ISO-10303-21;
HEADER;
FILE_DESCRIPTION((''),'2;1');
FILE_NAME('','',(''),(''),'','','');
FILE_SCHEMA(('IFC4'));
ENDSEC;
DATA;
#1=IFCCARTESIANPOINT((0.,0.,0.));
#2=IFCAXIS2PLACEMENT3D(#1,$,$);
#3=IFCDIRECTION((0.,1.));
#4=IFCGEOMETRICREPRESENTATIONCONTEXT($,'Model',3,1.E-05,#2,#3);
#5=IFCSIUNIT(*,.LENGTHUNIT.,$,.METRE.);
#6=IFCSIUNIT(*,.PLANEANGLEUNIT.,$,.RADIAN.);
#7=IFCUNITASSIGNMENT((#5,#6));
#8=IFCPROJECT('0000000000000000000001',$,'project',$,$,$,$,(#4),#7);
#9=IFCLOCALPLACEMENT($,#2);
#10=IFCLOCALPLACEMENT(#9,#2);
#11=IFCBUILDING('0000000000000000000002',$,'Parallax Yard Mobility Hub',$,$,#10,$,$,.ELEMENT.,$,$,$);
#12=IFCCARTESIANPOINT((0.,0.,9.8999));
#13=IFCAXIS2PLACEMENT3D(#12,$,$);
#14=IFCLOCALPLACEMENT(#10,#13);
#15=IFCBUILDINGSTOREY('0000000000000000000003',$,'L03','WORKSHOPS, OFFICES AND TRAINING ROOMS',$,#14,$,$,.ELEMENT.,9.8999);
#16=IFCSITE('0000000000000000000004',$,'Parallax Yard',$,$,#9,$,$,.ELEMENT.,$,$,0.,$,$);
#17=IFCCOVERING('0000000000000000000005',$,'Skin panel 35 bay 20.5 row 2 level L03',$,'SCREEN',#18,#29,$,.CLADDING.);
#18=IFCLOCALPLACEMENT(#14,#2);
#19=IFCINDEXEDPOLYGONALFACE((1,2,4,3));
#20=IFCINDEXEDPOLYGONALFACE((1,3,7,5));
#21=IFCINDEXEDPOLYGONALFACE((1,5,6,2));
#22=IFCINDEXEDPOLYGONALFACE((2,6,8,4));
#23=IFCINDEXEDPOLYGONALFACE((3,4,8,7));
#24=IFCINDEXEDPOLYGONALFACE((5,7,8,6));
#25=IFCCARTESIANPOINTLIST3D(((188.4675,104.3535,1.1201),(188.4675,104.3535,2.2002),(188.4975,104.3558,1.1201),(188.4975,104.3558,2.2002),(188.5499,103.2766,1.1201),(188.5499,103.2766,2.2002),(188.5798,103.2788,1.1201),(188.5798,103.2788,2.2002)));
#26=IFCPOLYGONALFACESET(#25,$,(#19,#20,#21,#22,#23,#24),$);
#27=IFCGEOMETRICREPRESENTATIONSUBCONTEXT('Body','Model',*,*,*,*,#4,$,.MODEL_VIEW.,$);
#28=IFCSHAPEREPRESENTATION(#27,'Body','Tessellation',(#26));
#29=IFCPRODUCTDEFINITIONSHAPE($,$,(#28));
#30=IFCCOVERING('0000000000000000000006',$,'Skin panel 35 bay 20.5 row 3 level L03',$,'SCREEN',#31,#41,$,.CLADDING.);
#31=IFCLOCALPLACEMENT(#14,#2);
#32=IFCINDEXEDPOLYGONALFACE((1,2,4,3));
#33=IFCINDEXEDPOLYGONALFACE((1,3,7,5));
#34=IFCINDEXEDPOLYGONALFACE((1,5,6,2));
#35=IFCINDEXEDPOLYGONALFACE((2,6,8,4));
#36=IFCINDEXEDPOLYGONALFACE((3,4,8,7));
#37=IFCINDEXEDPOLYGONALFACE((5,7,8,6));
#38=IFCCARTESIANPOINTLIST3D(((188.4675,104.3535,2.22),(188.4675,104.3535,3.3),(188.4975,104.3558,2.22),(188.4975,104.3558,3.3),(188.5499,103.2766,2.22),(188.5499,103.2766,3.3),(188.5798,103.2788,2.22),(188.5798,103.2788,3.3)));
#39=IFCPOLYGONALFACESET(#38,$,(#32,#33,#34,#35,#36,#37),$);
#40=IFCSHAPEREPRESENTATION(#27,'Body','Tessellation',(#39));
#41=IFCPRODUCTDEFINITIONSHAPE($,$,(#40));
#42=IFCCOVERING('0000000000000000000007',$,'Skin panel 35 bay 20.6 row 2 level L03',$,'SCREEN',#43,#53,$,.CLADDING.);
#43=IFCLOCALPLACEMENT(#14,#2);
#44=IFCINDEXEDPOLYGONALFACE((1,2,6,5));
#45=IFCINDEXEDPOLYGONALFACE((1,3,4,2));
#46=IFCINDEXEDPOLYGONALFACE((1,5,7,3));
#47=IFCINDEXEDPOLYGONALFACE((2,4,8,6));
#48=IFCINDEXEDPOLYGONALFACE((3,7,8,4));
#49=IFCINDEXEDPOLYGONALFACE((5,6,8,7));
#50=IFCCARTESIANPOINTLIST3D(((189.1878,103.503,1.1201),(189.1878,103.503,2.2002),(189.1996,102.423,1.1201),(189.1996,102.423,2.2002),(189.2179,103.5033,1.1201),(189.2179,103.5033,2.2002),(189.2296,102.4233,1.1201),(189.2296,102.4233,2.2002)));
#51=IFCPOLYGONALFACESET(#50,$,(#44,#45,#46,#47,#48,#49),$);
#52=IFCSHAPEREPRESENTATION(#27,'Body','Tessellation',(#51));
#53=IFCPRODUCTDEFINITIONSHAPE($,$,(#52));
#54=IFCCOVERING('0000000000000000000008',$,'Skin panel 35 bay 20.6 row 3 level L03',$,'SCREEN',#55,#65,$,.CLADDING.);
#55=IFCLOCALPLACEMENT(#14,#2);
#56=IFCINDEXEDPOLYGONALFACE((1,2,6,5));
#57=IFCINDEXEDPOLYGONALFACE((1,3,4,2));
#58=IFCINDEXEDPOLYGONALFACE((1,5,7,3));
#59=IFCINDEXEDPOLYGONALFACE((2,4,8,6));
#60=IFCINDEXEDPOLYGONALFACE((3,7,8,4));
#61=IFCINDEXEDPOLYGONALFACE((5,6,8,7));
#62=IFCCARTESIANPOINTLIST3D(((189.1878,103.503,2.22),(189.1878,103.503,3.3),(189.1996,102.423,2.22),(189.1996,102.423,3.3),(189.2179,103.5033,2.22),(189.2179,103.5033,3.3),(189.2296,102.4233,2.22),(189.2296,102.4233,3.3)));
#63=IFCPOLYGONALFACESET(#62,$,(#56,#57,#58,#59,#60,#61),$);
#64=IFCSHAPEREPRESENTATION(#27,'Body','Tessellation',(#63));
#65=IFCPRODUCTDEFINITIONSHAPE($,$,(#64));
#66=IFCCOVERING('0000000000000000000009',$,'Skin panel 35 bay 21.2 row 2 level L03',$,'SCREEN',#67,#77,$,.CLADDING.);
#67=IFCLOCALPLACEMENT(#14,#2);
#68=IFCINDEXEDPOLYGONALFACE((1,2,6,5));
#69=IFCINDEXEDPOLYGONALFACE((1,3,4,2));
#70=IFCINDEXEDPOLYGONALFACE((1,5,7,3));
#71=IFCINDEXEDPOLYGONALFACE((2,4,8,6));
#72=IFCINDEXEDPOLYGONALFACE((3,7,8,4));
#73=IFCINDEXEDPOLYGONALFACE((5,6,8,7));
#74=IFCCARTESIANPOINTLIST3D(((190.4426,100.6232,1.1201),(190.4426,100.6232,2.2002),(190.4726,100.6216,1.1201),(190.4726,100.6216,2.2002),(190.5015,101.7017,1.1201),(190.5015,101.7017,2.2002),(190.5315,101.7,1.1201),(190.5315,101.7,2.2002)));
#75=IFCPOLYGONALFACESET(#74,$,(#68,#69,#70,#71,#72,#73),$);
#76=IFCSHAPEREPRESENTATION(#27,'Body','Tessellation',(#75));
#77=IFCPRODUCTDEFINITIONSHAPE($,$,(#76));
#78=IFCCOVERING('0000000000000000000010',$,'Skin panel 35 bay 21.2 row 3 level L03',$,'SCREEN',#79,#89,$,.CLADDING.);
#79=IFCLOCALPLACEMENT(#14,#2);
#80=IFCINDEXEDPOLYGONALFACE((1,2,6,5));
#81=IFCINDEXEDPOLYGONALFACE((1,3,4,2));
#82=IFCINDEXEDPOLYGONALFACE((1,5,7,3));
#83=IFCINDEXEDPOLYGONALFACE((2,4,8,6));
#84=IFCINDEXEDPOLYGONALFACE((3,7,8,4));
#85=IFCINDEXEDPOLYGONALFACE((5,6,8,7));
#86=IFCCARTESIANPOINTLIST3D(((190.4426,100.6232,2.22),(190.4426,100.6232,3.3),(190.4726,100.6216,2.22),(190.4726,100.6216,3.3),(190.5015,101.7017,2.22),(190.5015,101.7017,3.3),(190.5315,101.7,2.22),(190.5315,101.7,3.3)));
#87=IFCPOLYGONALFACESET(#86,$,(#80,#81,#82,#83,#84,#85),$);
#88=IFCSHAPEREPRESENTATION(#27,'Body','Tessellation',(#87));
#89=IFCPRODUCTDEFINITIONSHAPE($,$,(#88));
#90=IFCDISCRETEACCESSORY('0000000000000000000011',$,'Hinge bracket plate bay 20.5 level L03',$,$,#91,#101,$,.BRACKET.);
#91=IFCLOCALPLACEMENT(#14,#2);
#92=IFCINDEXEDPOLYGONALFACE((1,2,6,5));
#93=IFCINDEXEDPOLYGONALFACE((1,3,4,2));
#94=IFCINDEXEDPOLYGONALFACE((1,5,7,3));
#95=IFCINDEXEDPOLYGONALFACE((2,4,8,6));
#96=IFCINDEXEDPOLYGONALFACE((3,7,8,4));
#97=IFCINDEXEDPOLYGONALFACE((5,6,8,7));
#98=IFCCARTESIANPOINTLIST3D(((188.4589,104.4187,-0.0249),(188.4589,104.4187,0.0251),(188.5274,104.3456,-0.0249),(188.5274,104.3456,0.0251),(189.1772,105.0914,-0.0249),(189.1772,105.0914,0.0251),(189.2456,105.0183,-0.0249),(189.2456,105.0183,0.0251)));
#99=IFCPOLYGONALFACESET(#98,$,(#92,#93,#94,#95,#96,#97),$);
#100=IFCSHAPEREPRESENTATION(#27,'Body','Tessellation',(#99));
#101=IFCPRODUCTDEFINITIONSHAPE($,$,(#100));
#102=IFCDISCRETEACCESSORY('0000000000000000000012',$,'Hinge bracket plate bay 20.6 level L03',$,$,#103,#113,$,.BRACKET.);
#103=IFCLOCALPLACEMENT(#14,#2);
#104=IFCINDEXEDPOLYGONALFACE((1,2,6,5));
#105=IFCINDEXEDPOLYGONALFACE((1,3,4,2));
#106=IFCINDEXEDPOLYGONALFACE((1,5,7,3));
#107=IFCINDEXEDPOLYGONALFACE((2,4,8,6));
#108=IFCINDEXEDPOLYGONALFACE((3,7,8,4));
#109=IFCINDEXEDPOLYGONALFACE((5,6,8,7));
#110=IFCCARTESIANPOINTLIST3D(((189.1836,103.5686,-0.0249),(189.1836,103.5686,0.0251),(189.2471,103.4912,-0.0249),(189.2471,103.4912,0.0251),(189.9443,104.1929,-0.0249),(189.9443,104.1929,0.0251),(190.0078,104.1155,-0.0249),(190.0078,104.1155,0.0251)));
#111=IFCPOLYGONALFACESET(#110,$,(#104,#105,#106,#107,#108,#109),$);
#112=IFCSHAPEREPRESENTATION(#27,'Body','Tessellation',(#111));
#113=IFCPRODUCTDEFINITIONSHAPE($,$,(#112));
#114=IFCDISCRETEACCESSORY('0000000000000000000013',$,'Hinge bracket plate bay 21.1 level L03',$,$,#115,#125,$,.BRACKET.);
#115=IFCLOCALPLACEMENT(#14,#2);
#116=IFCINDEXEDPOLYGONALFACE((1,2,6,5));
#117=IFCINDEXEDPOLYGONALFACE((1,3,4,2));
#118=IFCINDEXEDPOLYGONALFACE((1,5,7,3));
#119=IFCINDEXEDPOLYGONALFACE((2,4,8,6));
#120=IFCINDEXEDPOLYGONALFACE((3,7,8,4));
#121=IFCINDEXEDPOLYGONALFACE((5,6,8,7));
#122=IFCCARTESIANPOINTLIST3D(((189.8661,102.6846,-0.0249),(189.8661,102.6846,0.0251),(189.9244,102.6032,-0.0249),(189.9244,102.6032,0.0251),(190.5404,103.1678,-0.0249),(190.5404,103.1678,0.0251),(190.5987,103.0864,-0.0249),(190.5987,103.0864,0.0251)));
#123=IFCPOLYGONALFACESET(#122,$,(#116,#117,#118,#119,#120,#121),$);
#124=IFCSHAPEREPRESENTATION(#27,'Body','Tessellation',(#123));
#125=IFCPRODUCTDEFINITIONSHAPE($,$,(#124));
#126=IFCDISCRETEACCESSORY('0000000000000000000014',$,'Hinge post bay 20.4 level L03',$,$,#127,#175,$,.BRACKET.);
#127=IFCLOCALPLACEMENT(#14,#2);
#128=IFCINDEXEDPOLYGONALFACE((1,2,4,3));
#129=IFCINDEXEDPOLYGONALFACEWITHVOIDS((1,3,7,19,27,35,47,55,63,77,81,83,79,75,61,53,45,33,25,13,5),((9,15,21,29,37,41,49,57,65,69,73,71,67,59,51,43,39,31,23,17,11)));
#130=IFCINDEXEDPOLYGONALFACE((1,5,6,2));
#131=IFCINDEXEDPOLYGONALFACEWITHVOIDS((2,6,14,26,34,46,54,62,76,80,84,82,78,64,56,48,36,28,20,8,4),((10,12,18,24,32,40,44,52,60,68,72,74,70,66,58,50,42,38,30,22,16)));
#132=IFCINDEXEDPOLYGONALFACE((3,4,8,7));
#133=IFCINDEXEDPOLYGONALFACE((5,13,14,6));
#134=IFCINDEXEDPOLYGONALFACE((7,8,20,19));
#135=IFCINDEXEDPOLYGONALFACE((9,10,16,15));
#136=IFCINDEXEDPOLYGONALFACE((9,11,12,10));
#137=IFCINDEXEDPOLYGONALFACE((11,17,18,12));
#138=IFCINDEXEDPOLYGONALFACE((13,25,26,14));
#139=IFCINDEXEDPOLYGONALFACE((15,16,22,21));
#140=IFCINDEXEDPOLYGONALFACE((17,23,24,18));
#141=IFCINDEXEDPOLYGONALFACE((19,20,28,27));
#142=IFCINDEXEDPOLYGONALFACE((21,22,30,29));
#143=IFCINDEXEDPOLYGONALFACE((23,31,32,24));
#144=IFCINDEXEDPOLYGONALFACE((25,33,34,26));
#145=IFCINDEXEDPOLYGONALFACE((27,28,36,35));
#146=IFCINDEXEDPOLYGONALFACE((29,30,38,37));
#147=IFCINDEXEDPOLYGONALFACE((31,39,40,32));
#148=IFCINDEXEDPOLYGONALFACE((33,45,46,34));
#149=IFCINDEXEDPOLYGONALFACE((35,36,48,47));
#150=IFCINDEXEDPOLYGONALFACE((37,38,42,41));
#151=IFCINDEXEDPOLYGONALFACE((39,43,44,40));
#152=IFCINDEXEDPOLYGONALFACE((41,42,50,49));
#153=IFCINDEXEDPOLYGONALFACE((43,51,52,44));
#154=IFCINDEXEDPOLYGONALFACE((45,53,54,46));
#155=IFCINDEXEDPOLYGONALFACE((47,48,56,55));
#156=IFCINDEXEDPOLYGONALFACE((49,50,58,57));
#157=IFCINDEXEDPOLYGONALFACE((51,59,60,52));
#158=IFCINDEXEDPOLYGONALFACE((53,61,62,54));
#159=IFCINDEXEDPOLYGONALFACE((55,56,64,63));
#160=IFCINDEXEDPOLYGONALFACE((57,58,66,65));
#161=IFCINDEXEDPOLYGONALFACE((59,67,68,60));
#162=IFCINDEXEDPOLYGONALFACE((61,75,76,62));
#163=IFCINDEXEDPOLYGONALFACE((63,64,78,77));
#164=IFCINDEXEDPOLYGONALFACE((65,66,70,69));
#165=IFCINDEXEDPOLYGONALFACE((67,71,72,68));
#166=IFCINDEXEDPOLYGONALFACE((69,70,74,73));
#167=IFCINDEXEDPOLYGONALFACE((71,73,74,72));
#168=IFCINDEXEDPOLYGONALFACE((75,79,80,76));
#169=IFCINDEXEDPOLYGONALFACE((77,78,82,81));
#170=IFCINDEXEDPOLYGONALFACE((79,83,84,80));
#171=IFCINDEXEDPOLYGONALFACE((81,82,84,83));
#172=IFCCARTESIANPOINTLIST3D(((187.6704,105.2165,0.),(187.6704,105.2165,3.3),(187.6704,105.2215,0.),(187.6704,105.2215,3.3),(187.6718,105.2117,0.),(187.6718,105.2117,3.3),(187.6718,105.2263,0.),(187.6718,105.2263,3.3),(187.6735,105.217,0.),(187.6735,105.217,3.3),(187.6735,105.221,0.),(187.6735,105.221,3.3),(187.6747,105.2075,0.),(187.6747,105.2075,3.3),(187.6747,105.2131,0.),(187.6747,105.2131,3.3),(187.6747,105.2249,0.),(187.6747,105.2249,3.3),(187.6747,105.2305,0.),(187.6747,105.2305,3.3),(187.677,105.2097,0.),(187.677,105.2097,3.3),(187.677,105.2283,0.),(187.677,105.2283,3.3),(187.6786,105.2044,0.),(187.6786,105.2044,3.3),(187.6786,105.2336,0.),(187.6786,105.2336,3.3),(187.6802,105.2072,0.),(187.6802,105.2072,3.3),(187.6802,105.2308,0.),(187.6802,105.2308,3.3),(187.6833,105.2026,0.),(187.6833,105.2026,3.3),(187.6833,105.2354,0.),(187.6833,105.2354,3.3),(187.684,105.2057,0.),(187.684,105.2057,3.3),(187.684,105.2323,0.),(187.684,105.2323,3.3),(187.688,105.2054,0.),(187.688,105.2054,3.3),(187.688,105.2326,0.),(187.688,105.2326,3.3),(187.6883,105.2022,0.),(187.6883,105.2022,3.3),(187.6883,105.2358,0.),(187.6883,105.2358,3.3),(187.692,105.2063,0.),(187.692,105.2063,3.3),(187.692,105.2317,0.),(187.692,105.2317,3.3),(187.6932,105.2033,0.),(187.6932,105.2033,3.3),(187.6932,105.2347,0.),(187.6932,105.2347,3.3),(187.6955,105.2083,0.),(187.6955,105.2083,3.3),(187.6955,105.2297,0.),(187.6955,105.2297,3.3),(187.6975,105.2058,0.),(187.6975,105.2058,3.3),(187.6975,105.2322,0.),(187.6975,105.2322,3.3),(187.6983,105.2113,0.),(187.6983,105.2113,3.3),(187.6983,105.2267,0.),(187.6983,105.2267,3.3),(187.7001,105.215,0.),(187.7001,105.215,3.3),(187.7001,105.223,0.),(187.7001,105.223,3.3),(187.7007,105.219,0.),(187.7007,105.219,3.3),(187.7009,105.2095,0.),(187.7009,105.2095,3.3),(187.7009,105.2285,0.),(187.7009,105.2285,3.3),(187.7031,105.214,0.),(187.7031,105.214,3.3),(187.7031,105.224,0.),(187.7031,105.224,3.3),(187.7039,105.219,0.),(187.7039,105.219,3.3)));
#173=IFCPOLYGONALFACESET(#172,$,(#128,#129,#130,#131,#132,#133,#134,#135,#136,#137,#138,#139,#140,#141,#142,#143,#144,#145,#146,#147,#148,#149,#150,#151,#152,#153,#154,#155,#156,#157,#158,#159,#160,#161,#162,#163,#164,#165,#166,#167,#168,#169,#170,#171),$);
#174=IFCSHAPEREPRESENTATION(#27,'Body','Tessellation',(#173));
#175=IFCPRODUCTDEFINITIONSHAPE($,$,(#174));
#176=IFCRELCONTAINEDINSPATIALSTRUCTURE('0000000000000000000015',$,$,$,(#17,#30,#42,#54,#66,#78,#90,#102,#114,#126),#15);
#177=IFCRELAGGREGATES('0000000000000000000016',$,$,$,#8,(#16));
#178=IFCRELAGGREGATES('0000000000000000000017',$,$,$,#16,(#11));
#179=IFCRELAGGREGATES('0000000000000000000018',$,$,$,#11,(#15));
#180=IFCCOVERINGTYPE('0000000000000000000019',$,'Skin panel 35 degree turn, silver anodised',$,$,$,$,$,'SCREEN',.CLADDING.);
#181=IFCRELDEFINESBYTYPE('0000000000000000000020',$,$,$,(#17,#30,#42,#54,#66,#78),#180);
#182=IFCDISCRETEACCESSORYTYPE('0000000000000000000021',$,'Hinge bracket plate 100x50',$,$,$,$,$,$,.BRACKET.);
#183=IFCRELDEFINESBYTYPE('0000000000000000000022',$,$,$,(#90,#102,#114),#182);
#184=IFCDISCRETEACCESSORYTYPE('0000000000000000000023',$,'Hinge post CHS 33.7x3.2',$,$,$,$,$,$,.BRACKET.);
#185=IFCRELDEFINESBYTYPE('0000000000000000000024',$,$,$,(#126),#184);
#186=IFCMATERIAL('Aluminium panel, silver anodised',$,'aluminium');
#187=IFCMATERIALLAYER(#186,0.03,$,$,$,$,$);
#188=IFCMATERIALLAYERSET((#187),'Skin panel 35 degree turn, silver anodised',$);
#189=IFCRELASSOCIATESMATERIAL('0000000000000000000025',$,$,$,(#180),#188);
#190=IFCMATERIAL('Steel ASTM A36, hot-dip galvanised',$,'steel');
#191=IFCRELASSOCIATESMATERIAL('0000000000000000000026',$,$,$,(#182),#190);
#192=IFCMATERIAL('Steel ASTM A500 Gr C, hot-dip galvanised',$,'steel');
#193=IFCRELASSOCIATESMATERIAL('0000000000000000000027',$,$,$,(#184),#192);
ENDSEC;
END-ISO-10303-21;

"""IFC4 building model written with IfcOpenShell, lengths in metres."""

from ifc_helpers import new_model, si_unit, direction, frame, origin, origin_2d, place, context, subcontext, project, spatial, rectangle, hollow_circle, extrude, material, layer, layer_set, material_profile, profile_set, type_object, element, save


model = new_model("IFC4")

# Units and contexts
model_context = context("Model", 3, precision=1e-05, world=origin(), true_north=direction((0.0, 1.0)))
body_context = subcontext(model_context, "Body", "Model", "MODEL_VIEW")
ifc_project = project(units=[si_unit("LENGTHUNIT", "METRE"), si_unit("PLANEANGLEUNIT", "RADIAN")], contexts=[model_context])

# Site, building, storey
site_placement = place(None, origin())
site = spatial("IfcSite", under=ifc_project, at=site_placement, Name="Parallax Yard", CompositionType="ELEMENT", RefElevation=0.0)
building_placement = place(site_placement, origin())
building = spatial("IfcBuilding", under=site, at=building_placement, Name="Parallax Yard Mobility Hub", CompositionType="ELEMENT")
storey_placement = place(building_placement, frame((0.0, 0.0, 9.8999)))
storey = spatial("IfcBuildingStorey", under=building, at=storey_placement, Name="L03", Description="WORKSHOPS, OFFICES AND TRAINING ROOMS", CompositionType="ELEMENT", Elevation=9.8999)

# Coverings
ifc_material_1 = material(Name="Aluminium panel, silver anodised", Category="aluminium")
ifc_layer_1 = layer(ifc_material_1, 0.03)
ifc_layer_set_1 = layer_set([ifc_layer_1], Name="Skin panel 35 degree turn, silver anodised")
covering_type_1 = type_object("IfcCoveringType", Name="Skin panel 35 degree turn, silver anodised", ElementType="SCREEN", PredefinedType="CLADDING", material=ifc_layer_set_1)
for number, where, z_axis, x_axis, name in (
    (1, (188.5237, 103.8162, 1.1201), (0.0, 0.0, 1.0), (0.076284, -0.997086, 0.0), "Skin panel 35 bay 20.5 row 2 level L03"),
    (2, (188.5237, 103.8162, 2.22), (0.0, 0.0, 1.0), (0.076284, -0.997086, 0.0), "Skin panel 35 bay 20.5 row 3 level L03"),
    (3, (189.2087, 102.9631, 1.1201), (0.0, 0.0, 1.0), (0.010908, -0.999941, 0.0), "Skin panel 35 bay 20.6 row 2 level L03"),
    (4, (189.2087, 102.9631, 2.22), (0.0, 0.0, 1.0), (0.010908, -0.999941, 0.0), "Skin panel 35 bay 20.6 row 3 level L03"),
    (5, (190.4871, 101.1616, 1.1201), (0.0, 0.0, 1.0), (-0.054515, -0.998513, 0.0), "Skin panel 35 bay 21.2 row 2 level L03"),
    (6, (190.4871, 101.1616, 2.22), (0.0, 0.0, 1.0), (-0.054515, -0.998513, 0.0), "Skin panel 35 bay 21.2 row 3 level L03"),
):
    element("IfcCovering", number, at=place(storey_placement, frame(where, z_axis=z_axis, x_axis=x_axis)), inside=storey, type_object=covering_type_1, Name=name, ObjectType="SCREEN", PredefinedType="CLADDING", context=body_context, shape_type="SweptSolid", body=[
        extrude(rectangle(XDim=1.0801, YDim=0.03, at=origin_2d()), origin(), (0.0, 0.0, 1.0), 1.0801),
    ])

# Discrete accessories
ifc_material_2 = material(Name="Steel ASTM A36, hot-dip galvanised", Category="steel")
discrete_accessory_type_1 = type_object("IfcDiscreteAccessoryType", Name="Hinge bracket plate 100x50", PredefinedType="BRACKET", material=ifc_material_2)
for number, where, z_axis, x_axis, name in (
    (7, (188.8523, 104.7185, -0.0249), (0.0, 0.0, 1.0), (-0.729864, -0.683592, 0.0), "Hinge bracket plate bay 20.5 level L03"),
    (8, (189.5957, 103.842, -0.0249), (0.0, 0.0, 1.0), (-0.77301, -0.634393, 0.0), "Hinge bracket plate bay 20.6 level L03"),
):
    element("IfcDiscreteAccessory", number, at=place(storey_placement, frame(where, z_axis=z_axis, x_axis=x_axis)), inside=storey, type_object=discrete_accessory_type_1, Name=name, PredefinedType="BRACKET", context=body_context, shape_type="SweptSolid", body=[
        extrude(rectangle(XDim=0.9841, YDim=0.1001, at=origin_2d()), origin(), (0.0, 0.0, 1.0), 0.05),
    ])
discrete_accessory_placement = place(storey_placement, frame((190.2324, 102.8855, -0.0249), z_axis=(0.0, 0.0, 1.0), x_axis=(-0.812847, -0.582478, 0.0)))
element("IfcDiscreteAccessory", 9, at=discrete_accessory_placement, inside=storey, type_object=discrete_accessory_type_1, Name="Hinge bracket plate bay 21.1 level L03", PredefinedType="BRACKET", context=body_context, shape_type="SweptSolid", body=[
    extrude(rectangle(XDim=0.8296, YDim=0.1001, at=origin_2d()), origin(), (0.0, 0.0, 1.0), 0.05),
])
ifc_material_3 = material(Name="Steel ASTM A500 Gr C, hot-dip galvanised", Category="steel")
ifc_material_profile_1 = material_profile(ifc_material_3, hollow_circle(Radius=0.0168, WallThickness=0.0032, at=origin_2d()), Name="CHS 33.7x3.2")
ifc_profile_set_1 = profile_set([ifc_material_profile_1], Name="Steel ASTM A500 Gr C, hot-dip galvanised")
discrete_accessory_type_2 = type_object("IfcDiscreteAccessoryType", Name="Hinge post CHS 33.7x3.2", PredefinedType="BRACKET", material=ifc_profile_set_1)
for number, where, z_axis, x_axis, name in (
    (10, (187.687, 105.219, 0.0), (0.0, 0.0, 1.0), (1.0, 0.0, 0.0), "Hinge post bay 20.4 level L03"),
):
    element("IfcDiscreteAccessory", number, at=place(storey_placement, frame(where, z_axis=z_axis, x_axis=x_axis)), inside=storey, type_object=discrete_accessory_type_2, Name=name, PredefinedType="BRACKET", context=body_context, shape_type="SweptSolid", body=[
        extrude(hollow_circle(Radius=0.0168, WallThickness=0.0032, at=origin_2d()), origin(), (0.0, 0.0, 1.0), 3.3),
    ])

save(model, "model.ifc")
